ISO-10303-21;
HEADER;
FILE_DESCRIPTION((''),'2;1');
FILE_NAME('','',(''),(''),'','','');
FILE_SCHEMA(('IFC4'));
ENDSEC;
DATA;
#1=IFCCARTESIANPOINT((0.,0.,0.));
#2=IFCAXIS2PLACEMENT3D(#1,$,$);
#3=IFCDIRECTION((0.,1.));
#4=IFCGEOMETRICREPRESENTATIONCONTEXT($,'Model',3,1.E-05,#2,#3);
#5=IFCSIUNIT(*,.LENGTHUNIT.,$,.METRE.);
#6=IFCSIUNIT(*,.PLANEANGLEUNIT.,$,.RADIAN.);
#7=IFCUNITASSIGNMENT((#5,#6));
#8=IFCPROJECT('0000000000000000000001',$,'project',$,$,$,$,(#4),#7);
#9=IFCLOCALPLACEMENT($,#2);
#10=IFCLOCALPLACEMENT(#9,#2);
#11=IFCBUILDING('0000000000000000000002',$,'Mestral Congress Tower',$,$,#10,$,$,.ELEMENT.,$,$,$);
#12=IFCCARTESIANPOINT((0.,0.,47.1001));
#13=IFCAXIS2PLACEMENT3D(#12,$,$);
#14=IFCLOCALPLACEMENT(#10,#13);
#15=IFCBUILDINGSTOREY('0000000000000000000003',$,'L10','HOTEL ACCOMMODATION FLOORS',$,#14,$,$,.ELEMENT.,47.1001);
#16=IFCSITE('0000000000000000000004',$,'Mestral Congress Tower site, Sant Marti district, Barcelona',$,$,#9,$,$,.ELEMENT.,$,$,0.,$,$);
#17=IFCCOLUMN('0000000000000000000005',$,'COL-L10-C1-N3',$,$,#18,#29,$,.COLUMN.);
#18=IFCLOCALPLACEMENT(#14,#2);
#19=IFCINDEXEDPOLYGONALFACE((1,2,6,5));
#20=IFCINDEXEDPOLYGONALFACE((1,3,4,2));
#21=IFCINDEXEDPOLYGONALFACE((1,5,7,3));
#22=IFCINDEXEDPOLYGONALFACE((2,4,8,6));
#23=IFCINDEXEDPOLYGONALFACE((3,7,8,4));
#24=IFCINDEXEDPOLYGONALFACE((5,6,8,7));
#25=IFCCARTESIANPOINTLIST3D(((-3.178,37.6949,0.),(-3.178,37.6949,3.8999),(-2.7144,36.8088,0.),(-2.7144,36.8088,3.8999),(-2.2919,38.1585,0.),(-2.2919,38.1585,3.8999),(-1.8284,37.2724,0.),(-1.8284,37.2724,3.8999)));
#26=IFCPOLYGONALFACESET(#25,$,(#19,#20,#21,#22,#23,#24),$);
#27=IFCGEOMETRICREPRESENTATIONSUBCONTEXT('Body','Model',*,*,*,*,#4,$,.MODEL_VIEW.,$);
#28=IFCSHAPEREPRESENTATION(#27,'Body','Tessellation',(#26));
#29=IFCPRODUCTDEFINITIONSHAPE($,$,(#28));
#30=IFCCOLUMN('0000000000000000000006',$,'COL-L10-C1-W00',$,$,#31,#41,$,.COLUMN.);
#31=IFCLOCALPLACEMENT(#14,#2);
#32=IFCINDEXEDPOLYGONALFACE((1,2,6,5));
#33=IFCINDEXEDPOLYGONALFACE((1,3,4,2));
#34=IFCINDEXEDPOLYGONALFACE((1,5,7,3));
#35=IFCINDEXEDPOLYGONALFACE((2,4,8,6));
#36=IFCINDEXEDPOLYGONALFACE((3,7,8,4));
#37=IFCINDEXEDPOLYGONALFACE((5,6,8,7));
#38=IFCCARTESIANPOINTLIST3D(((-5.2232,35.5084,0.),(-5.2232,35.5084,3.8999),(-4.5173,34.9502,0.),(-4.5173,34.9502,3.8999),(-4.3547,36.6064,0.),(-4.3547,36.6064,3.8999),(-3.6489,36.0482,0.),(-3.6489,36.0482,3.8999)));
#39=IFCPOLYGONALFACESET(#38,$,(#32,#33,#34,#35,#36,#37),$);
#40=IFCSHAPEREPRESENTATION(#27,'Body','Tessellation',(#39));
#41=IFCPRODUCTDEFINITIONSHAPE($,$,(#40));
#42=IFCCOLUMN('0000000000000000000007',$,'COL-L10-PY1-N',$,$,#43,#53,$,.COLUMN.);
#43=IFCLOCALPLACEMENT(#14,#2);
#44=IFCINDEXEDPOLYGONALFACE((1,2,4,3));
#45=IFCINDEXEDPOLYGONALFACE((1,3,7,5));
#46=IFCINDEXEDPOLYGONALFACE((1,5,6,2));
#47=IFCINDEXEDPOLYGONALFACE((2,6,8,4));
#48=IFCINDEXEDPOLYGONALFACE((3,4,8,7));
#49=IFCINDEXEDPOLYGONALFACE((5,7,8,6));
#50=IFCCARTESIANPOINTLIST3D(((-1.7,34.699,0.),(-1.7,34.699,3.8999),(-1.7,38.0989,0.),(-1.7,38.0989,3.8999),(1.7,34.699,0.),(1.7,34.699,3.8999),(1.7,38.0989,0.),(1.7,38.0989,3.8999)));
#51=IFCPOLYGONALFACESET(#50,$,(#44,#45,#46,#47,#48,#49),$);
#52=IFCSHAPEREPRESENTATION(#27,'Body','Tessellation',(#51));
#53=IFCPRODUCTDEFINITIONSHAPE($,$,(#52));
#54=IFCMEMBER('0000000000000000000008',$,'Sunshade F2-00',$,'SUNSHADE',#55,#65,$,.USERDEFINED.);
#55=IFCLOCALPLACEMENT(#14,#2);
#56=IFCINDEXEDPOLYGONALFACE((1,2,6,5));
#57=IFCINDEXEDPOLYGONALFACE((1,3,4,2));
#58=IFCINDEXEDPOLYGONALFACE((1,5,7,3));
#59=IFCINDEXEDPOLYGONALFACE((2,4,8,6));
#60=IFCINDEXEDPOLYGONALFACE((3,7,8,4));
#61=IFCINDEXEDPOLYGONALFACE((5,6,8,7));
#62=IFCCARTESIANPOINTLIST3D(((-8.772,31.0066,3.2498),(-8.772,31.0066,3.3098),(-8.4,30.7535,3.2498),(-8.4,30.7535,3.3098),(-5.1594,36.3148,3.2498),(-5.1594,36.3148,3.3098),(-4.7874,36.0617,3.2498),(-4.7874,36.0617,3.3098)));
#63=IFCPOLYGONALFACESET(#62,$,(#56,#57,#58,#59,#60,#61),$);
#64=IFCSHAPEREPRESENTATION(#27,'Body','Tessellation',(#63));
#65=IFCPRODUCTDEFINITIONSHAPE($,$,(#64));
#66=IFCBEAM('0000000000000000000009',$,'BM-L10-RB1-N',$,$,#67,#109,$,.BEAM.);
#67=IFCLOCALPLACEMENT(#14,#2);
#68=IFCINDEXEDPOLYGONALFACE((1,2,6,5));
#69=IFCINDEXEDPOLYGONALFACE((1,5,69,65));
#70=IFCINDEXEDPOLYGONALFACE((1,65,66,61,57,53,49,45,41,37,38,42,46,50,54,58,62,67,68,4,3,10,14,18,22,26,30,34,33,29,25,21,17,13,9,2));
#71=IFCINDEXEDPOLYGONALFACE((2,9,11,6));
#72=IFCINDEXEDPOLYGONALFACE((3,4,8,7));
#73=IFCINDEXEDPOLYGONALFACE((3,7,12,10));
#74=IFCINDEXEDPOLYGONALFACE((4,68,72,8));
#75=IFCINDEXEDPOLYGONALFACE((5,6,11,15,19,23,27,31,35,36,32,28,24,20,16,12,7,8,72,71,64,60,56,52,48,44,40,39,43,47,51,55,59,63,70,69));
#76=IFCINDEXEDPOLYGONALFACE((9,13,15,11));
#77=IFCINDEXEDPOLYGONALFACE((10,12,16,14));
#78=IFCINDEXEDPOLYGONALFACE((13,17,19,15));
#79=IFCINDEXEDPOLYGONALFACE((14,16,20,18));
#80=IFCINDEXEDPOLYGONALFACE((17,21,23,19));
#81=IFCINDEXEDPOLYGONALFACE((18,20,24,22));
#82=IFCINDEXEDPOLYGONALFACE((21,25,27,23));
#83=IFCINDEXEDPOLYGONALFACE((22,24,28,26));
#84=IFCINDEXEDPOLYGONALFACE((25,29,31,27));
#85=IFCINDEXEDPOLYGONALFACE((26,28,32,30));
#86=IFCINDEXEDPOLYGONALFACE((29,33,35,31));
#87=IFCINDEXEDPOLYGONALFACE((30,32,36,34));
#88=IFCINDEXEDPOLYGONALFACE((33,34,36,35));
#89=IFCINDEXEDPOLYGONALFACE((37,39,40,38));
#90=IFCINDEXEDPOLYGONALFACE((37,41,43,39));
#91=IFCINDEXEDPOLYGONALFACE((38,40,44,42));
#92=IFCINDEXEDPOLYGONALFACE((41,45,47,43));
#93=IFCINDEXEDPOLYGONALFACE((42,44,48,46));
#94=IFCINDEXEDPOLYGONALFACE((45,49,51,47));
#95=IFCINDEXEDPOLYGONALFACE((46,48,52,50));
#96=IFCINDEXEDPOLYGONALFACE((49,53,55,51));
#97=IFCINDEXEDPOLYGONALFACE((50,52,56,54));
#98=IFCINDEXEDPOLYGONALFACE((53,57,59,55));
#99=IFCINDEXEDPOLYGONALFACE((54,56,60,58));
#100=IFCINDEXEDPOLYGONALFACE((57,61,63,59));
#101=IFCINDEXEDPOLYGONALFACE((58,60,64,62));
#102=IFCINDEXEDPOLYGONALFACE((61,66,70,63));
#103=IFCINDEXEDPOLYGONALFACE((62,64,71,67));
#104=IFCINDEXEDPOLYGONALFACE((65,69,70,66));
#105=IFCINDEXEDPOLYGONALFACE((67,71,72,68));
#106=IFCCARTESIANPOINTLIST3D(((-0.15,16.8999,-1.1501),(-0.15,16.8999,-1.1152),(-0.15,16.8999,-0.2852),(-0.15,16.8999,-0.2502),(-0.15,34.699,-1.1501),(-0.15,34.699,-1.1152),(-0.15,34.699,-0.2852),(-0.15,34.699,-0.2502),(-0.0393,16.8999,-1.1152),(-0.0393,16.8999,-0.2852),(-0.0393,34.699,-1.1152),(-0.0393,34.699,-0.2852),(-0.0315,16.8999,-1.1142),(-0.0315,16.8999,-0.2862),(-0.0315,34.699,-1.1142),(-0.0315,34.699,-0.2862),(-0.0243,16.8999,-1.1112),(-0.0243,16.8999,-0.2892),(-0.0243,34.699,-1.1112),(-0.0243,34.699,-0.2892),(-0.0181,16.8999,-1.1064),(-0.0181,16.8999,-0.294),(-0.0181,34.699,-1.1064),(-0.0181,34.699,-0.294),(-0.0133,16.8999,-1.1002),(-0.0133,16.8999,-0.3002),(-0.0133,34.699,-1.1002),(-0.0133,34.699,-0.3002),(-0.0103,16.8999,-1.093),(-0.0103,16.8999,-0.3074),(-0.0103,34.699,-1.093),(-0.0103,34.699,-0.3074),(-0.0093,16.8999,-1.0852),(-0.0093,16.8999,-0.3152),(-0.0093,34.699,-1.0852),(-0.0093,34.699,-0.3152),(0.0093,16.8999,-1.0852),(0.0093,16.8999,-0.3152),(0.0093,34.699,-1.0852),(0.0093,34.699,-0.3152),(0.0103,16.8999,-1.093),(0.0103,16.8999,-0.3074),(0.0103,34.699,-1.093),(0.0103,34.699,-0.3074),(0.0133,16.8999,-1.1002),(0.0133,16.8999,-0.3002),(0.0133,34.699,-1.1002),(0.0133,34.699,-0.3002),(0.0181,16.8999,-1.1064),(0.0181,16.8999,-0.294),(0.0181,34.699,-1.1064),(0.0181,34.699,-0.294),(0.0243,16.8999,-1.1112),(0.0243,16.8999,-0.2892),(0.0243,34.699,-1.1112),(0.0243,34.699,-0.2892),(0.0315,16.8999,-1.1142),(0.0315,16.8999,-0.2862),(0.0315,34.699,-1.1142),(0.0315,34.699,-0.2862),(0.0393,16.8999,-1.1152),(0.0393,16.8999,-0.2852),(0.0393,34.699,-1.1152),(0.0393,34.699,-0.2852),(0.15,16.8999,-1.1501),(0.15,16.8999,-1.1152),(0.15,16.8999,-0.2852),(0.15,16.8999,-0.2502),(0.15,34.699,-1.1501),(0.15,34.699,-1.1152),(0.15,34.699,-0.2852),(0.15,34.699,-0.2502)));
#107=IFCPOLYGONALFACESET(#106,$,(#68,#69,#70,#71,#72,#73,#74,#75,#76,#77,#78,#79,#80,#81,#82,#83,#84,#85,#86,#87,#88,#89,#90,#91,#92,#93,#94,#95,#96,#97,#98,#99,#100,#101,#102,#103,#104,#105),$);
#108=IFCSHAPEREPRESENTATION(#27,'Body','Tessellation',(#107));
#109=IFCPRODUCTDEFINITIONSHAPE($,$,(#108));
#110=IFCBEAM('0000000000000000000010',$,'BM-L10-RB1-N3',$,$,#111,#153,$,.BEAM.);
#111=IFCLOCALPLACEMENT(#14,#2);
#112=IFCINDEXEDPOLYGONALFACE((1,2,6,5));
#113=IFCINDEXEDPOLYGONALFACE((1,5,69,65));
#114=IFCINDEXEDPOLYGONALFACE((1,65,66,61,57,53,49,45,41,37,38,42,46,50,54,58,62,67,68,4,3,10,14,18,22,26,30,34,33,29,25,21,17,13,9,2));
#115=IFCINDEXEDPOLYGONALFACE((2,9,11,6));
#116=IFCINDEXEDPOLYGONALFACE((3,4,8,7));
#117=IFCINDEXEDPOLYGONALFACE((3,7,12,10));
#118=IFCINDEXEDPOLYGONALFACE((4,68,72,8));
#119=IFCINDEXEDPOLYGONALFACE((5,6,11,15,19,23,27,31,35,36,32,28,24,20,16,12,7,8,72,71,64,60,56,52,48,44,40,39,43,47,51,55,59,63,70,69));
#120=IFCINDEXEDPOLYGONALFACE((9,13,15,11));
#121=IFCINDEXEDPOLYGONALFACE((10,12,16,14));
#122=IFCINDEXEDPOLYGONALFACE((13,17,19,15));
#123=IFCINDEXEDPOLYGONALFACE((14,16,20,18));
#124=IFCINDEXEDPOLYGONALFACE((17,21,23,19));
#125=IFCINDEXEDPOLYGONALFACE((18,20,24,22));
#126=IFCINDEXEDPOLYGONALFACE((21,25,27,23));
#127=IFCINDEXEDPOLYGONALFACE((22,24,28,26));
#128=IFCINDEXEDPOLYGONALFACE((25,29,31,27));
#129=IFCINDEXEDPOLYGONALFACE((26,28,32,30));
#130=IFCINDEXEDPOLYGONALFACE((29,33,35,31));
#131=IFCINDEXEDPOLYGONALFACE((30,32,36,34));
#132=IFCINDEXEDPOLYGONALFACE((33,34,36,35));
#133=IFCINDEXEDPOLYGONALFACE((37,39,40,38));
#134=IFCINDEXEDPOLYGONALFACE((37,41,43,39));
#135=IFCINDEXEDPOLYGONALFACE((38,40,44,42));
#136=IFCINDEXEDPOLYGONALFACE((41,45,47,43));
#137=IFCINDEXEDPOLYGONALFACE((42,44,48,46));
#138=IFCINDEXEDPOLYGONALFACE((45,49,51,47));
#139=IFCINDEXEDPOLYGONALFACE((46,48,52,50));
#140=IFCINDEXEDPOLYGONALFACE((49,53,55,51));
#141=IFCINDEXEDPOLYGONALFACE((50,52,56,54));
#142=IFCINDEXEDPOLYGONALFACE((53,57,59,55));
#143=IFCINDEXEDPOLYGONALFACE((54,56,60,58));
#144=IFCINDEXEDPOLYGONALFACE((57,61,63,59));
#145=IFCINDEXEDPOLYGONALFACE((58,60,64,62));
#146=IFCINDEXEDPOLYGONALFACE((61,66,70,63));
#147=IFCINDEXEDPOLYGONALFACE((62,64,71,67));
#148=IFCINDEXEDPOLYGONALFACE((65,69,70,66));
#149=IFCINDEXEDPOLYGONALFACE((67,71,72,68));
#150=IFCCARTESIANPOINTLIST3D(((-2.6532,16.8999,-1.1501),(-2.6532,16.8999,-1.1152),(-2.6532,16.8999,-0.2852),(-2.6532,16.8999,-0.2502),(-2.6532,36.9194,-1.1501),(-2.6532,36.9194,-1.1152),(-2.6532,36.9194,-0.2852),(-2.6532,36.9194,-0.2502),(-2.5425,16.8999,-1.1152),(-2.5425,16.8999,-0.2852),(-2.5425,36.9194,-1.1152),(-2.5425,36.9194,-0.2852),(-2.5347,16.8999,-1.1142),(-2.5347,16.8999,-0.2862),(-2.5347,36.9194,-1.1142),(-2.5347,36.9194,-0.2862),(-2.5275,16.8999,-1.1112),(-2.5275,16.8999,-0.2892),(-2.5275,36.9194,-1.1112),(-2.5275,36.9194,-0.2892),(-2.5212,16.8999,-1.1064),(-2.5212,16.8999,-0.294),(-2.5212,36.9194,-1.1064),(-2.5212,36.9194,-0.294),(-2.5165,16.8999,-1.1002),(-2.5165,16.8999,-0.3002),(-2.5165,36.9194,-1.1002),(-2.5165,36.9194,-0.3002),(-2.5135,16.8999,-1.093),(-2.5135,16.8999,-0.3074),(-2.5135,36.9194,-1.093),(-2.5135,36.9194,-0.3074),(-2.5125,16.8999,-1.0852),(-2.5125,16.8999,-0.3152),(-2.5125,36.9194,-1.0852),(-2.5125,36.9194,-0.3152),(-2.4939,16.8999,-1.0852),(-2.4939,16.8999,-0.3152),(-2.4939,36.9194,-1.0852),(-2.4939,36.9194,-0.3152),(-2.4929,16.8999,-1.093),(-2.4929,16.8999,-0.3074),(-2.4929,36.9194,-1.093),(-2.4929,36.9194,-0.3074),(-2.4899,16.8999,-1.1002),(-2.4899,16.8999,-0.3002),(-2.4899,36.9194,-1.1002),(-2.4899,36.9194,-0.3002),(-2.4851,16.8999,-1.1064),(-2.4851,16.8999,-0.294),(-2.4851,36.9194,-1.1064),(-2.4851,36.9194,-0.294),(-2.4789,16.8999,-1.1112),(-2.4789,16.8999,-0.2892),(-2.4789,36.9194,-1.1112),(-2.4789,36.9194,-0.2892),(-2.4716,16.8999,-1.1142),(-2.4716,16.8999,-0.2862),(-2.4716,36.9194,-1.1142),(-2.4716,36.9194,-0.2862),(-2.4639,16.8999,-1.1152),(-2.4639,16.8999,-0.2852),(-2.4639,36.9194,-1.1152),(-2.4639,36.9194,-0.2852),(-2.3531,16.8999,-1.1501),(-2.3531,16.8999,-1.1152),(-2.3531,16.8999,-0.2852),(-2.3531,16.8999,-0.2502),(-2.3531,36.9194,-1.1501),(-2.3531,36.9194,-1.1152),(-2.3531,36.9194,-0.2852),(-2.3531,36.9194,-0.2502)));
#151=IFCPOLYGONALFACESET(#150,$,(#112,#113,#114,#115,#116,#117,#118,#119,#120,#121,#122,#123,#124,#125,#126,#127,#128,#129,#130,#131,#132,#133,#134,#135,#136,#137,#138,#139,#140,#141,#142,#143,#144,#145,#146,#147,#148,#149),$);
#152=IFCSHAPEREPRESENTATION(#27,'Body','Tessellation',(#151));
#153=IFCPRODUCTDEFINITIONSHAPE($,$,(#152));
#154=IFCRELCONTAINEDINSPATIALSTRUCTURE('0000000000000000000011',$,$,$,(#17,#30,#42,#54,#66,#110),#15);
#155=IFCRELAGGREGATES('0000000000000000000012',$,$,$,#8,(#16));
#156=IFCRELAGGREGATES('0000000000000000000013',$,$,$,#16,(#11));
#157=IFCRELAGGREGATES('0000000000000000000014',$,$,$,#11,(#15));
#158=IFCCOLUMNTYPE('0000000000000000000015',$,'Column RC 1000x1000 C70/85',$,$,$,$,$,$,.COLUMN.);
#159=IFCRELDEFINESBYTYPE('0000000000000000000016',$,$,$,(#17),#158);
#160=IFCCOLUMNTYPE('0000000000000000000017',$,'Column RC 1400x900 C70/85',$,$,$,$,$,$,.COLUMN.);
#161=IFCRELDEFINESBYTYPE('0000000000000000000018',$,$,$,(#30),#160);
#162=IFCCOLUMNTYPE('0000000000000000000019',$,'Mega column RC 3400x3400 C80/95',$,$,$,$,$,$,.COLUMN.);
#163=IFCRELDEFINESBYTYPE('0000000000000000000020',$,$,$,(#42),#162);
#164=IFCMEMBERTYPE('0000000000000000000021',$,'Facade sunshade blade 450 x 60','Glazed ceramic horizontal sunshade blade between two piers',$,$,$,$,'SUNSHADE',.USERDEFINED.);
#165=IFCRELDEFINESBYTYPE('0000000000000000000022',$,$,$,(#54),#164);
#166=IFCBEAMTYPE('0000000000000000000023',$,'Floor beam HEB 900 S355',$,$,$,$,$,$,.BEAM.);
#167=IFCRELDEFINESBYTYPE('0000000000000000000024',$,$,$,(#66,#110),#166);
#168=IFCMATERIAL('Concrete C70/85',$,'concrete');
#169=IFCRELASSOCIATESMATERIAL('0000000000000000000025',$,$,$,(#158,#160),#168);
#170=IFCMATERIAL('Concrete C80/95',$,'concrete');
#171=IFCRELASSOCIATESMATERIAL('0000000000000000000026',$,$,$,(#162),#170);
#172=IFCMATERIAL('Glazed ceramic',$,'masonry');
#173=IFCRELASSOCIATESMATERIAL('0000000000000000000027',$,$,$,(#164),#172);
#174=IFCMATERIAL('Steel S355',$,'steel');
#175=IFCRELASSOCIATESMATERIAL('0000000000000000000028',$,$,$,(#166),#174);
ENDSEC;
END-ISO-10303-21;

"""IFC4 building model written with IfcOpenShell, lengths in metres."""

from ifc_helpers import new_model, si_unit, direction, frame, origin, origin_2d, place, context, subcontext, project, spatial, rectangle, i_section, extrude, material, material_profile, profile_set, type_object, element, save


model = new_model("IFC4")

# Units and contexts
model_context = context("Model", 3, precision=1e-05, world=origin(), true_north=direction((0.0, 1.0)))
body_context = subcontext(model_context, "Body", "Model", "MODEL_VIEW")
ifc_project = project(units=[si_unit("LENGTHUNIT", "METRE"), si_unit("PLANEANGLEUNIT", "RADIAN")], contexts=[model_context])

# Site, building, storey
site_placement = place(None, origin())
site = spatial("IfcSite", under=ifc_project, at=site_placement, Name="Mestral Congress Tower site, Sant Marti district, Barcelona", CompositionType="ELEMENT", RefElevation=0.0)
building_placement = place(site_placement, origin())
building = spatial("IfcBuilding", under=site, at=building_placement, Name="Mestral Congress Tower", CompositionType="ELEMENT")
storey_placement = place(building_placement, frame((0.0, 0.0, 47.1001)))
storey = spatial("IfcBuildingStorey", under=building, at=storey_placement, Name="L10", Description="HOTEL ACCOMMODATION FLOORS", CompositionType="ELEMENT", Elevation=47.1001)

# Columns
ifc_material_1 = material(Name="Concrete C70/85", Category="concrete")
ifc_material_profile_1 = material_profile(ifc_material_1, rectangle(XDim=1.0, YDim=1.0, at=origin_2d()), Name="RC 1000x1000")
ifc_profile_set_1 = profile_set([ifc_material_profile_1], Name="Concrete C70/85")
column_type_1 = type_object("IfcColumnType", Name="Column RC 1000x1000 C70/85", PredefinedType="COLUMN", material=ifc_profile_set_1)
column_1_placement = place(storey_placement, frame((-2.5032, 37.4836, 0.0), z_axis=(0.0, 0.0, 1.0), x_axis=(-0.886068, -0.463556, 0.0)))
element("IfcColumn", 1, at=column_1_placement, inside=storey, type_object=column_type_1, Name="COL-L10-C1-N3", PredefinedType="COLUMN", context=body_context, shape_type="SweptSolid", body=[
    extrude(rectangle(XDim=1.0, YDim=1.0, at=origin_2d()), origin(), (0.0, 0.0, 1.0), 3.8999),
])
ifc_material_profile_2 = material_profile(ifc_material_1, rectangle(XDim=1.3999, YDim=0.8999, at=origin_2d()), Name="RC 1400x900")
ifc_profile_set_2 = profile_set([ifc_material_profile_2], Name="Concrete C70/85")
column_type_2 = type_object("IfcColumnType", Name="Column RC 1400x900 C70/85", PredefinedType="COLUMN", material=ifc_profile_set_2)
column_2_placement = place(storey_placement, frame((-4.436, 35.7783, 0.0), z_axis=(0.0, 0.0, 1.0), x_axis=(-0.620334, -0.784338, 0.0)))
element("IfcColumn", 2, at=column_2_placement, inside=storey, type_object=column_type_2, Name="COL-L10-C1-W00", PredefinedType="COLUMN", context=body_context, shape_type="SweptSolid", body=[
    extrude(rectangle(XDim=1.3999, YDim=0.8999, at=origin_2d()), origin(), (0.0, 0.0, 1.0), 3.8999),
])
ifc_material_2 = material(Name="Concrete C80/95", Category="concrete")
ifc_material_profile_3 = material_profile(ifc_material_2, rectangle(XDim=3.3999, YDim=3.3999, at=origin_2d()), Name="RC 3400x3400")
ifc_profile_set_3 = profile_set([ifc_material_profile_3], Name="Concrete C80/95")
column_type_3 = type_object("IfcColumnType", Name="Mega column RC 3400x3400 C80/95", PredefinedType="COLUMN", material=ifc_profile_set_3)
column_3_placement = place(storey_placement, frame((0.0, 36.3989, 0.0), z_axis=(0.0, 0.0, 1.0), x_axis=(0.0, 1.0, 0.0)))
element("IfcColumn", 3, at=column_3_placement, inside=storey, type_object=column_type_3, Name="COL-L10-PY1-N", PredefinedType="COLUMN", context=body_context, shape_type="SweptSolid", body=[
    extrude(rectangle(XDim=3.3999, YDim=3.3999, at=origin_2d()), origin(), (0.0, 0.0, 1.0), 3.8999),
])

# Member
ifc_material_3 = material(Name="Glazed ceramic", Category="masonry")
ifc_material_profile_4 = material_profile(ifc_material_3, rectangle(XDim=0.45, YDim=0.0601, at=origin_2d()), Name="Ceramic blade 450 x 60")
ifc_profile_set_4 = profile_set([ifc_material_profile_4], Name="Glazed ceramic")
member_type = type_object("IfcMemberType", Name="Facade sunshade blade 450 x 60", Description="Glazed ceramic horizontal sunshade blade between two piers", ElementType="SUNSHADE", PredefinedType="USERDEFINED", material=ifc_profile_set_4)
member_placement = place(storey_placement, frame((-4.9734, 36.1882, 3.2798), z_axis=(-0.562633, -0.826706, 0.0), x_axis=(0.826706, -0.562633, 0.0)))
element("IfcMember", 4, at=member_placement, inside=storey, type_object=member_type, Name="Sunshade F2-00", ObjectType="SUNSHADE", PredefinedType="USERDEFINED", context=body_context, shape_type="SweptSolid", body=[
    extrude(rectangle(XDim=0.45, YDim=0.0601, at=origin_2d()), origin(), (0.0, 0.0, 1.0), 6.4209),
])

# Beams
ifc_material_4 = material(Name="Steel S355", Category="steel")
ifc_material_profile_5 = material_profile(ifc_material_4, i_section(OverallWidth=0.3, OverallDepth=0.8999, WebThickness=0.0186, FlangeThickness=0.0349, FilletRadius=0.03, at=origin_2d()), Name="HEB 900")
ifc_profile_set_5 = profile_set([ifc_material_profile_5], Name="Steel S355")
beam_type_1 = type_object("IfcBeamType", Name="Floor beam HEB 900 S355", PredefinedType="BEAM", material=ifc_profile_set_5)
beam_1_placement = place(storey_placement, frame((0.0, 34.699, -0.7002), z_axis=(0.0, -1.0, 0.0), x_axis=(1.0, 0.0, 0.0)))
element("IfcBeam", 5, at=beam_1_placement, inside=storey, type_object=beam_type_1, Name="BM-L10-RB1-N", PredefinedType="BEAM", context=body_context, shape_type="SweptSolid", body=[
    extrude(i_section(OverallWidth=0.3, OverallDepth=0.8999, WebThickness=0.0186, FlangeThickness=0.0349, FilletRadius=0.03, at=origin_2d()), origin(), (0.0, 0.0, 1.0), 17.7991),
])
beam_2_placement = place(storey_placement, frame((-2.5032, 36.9194, -0.7002), z_axis=(0.0, -1.0, 0.0), x_axis=(1.0, 0.0, 0.0)))
element("IfcBeam", 6, at=beam_2_placement, inside=storey, type_object=beam_type_1, Name="BM-L10-RB1-N3", PredefinedType="BEAM", context=body_context, shape_type="SweptSolid", body=[
    extrude(i_section(OverallWidth=0.3, OverallDepth=0.8999, WebThickness=0.0186, FlangeThickness=0.0349, FilletRadius=0.03, at=origin_2d()), origin(), (0.0, 0.0, 1.0), 20.0195),
])

save(model, "model.ifc")
